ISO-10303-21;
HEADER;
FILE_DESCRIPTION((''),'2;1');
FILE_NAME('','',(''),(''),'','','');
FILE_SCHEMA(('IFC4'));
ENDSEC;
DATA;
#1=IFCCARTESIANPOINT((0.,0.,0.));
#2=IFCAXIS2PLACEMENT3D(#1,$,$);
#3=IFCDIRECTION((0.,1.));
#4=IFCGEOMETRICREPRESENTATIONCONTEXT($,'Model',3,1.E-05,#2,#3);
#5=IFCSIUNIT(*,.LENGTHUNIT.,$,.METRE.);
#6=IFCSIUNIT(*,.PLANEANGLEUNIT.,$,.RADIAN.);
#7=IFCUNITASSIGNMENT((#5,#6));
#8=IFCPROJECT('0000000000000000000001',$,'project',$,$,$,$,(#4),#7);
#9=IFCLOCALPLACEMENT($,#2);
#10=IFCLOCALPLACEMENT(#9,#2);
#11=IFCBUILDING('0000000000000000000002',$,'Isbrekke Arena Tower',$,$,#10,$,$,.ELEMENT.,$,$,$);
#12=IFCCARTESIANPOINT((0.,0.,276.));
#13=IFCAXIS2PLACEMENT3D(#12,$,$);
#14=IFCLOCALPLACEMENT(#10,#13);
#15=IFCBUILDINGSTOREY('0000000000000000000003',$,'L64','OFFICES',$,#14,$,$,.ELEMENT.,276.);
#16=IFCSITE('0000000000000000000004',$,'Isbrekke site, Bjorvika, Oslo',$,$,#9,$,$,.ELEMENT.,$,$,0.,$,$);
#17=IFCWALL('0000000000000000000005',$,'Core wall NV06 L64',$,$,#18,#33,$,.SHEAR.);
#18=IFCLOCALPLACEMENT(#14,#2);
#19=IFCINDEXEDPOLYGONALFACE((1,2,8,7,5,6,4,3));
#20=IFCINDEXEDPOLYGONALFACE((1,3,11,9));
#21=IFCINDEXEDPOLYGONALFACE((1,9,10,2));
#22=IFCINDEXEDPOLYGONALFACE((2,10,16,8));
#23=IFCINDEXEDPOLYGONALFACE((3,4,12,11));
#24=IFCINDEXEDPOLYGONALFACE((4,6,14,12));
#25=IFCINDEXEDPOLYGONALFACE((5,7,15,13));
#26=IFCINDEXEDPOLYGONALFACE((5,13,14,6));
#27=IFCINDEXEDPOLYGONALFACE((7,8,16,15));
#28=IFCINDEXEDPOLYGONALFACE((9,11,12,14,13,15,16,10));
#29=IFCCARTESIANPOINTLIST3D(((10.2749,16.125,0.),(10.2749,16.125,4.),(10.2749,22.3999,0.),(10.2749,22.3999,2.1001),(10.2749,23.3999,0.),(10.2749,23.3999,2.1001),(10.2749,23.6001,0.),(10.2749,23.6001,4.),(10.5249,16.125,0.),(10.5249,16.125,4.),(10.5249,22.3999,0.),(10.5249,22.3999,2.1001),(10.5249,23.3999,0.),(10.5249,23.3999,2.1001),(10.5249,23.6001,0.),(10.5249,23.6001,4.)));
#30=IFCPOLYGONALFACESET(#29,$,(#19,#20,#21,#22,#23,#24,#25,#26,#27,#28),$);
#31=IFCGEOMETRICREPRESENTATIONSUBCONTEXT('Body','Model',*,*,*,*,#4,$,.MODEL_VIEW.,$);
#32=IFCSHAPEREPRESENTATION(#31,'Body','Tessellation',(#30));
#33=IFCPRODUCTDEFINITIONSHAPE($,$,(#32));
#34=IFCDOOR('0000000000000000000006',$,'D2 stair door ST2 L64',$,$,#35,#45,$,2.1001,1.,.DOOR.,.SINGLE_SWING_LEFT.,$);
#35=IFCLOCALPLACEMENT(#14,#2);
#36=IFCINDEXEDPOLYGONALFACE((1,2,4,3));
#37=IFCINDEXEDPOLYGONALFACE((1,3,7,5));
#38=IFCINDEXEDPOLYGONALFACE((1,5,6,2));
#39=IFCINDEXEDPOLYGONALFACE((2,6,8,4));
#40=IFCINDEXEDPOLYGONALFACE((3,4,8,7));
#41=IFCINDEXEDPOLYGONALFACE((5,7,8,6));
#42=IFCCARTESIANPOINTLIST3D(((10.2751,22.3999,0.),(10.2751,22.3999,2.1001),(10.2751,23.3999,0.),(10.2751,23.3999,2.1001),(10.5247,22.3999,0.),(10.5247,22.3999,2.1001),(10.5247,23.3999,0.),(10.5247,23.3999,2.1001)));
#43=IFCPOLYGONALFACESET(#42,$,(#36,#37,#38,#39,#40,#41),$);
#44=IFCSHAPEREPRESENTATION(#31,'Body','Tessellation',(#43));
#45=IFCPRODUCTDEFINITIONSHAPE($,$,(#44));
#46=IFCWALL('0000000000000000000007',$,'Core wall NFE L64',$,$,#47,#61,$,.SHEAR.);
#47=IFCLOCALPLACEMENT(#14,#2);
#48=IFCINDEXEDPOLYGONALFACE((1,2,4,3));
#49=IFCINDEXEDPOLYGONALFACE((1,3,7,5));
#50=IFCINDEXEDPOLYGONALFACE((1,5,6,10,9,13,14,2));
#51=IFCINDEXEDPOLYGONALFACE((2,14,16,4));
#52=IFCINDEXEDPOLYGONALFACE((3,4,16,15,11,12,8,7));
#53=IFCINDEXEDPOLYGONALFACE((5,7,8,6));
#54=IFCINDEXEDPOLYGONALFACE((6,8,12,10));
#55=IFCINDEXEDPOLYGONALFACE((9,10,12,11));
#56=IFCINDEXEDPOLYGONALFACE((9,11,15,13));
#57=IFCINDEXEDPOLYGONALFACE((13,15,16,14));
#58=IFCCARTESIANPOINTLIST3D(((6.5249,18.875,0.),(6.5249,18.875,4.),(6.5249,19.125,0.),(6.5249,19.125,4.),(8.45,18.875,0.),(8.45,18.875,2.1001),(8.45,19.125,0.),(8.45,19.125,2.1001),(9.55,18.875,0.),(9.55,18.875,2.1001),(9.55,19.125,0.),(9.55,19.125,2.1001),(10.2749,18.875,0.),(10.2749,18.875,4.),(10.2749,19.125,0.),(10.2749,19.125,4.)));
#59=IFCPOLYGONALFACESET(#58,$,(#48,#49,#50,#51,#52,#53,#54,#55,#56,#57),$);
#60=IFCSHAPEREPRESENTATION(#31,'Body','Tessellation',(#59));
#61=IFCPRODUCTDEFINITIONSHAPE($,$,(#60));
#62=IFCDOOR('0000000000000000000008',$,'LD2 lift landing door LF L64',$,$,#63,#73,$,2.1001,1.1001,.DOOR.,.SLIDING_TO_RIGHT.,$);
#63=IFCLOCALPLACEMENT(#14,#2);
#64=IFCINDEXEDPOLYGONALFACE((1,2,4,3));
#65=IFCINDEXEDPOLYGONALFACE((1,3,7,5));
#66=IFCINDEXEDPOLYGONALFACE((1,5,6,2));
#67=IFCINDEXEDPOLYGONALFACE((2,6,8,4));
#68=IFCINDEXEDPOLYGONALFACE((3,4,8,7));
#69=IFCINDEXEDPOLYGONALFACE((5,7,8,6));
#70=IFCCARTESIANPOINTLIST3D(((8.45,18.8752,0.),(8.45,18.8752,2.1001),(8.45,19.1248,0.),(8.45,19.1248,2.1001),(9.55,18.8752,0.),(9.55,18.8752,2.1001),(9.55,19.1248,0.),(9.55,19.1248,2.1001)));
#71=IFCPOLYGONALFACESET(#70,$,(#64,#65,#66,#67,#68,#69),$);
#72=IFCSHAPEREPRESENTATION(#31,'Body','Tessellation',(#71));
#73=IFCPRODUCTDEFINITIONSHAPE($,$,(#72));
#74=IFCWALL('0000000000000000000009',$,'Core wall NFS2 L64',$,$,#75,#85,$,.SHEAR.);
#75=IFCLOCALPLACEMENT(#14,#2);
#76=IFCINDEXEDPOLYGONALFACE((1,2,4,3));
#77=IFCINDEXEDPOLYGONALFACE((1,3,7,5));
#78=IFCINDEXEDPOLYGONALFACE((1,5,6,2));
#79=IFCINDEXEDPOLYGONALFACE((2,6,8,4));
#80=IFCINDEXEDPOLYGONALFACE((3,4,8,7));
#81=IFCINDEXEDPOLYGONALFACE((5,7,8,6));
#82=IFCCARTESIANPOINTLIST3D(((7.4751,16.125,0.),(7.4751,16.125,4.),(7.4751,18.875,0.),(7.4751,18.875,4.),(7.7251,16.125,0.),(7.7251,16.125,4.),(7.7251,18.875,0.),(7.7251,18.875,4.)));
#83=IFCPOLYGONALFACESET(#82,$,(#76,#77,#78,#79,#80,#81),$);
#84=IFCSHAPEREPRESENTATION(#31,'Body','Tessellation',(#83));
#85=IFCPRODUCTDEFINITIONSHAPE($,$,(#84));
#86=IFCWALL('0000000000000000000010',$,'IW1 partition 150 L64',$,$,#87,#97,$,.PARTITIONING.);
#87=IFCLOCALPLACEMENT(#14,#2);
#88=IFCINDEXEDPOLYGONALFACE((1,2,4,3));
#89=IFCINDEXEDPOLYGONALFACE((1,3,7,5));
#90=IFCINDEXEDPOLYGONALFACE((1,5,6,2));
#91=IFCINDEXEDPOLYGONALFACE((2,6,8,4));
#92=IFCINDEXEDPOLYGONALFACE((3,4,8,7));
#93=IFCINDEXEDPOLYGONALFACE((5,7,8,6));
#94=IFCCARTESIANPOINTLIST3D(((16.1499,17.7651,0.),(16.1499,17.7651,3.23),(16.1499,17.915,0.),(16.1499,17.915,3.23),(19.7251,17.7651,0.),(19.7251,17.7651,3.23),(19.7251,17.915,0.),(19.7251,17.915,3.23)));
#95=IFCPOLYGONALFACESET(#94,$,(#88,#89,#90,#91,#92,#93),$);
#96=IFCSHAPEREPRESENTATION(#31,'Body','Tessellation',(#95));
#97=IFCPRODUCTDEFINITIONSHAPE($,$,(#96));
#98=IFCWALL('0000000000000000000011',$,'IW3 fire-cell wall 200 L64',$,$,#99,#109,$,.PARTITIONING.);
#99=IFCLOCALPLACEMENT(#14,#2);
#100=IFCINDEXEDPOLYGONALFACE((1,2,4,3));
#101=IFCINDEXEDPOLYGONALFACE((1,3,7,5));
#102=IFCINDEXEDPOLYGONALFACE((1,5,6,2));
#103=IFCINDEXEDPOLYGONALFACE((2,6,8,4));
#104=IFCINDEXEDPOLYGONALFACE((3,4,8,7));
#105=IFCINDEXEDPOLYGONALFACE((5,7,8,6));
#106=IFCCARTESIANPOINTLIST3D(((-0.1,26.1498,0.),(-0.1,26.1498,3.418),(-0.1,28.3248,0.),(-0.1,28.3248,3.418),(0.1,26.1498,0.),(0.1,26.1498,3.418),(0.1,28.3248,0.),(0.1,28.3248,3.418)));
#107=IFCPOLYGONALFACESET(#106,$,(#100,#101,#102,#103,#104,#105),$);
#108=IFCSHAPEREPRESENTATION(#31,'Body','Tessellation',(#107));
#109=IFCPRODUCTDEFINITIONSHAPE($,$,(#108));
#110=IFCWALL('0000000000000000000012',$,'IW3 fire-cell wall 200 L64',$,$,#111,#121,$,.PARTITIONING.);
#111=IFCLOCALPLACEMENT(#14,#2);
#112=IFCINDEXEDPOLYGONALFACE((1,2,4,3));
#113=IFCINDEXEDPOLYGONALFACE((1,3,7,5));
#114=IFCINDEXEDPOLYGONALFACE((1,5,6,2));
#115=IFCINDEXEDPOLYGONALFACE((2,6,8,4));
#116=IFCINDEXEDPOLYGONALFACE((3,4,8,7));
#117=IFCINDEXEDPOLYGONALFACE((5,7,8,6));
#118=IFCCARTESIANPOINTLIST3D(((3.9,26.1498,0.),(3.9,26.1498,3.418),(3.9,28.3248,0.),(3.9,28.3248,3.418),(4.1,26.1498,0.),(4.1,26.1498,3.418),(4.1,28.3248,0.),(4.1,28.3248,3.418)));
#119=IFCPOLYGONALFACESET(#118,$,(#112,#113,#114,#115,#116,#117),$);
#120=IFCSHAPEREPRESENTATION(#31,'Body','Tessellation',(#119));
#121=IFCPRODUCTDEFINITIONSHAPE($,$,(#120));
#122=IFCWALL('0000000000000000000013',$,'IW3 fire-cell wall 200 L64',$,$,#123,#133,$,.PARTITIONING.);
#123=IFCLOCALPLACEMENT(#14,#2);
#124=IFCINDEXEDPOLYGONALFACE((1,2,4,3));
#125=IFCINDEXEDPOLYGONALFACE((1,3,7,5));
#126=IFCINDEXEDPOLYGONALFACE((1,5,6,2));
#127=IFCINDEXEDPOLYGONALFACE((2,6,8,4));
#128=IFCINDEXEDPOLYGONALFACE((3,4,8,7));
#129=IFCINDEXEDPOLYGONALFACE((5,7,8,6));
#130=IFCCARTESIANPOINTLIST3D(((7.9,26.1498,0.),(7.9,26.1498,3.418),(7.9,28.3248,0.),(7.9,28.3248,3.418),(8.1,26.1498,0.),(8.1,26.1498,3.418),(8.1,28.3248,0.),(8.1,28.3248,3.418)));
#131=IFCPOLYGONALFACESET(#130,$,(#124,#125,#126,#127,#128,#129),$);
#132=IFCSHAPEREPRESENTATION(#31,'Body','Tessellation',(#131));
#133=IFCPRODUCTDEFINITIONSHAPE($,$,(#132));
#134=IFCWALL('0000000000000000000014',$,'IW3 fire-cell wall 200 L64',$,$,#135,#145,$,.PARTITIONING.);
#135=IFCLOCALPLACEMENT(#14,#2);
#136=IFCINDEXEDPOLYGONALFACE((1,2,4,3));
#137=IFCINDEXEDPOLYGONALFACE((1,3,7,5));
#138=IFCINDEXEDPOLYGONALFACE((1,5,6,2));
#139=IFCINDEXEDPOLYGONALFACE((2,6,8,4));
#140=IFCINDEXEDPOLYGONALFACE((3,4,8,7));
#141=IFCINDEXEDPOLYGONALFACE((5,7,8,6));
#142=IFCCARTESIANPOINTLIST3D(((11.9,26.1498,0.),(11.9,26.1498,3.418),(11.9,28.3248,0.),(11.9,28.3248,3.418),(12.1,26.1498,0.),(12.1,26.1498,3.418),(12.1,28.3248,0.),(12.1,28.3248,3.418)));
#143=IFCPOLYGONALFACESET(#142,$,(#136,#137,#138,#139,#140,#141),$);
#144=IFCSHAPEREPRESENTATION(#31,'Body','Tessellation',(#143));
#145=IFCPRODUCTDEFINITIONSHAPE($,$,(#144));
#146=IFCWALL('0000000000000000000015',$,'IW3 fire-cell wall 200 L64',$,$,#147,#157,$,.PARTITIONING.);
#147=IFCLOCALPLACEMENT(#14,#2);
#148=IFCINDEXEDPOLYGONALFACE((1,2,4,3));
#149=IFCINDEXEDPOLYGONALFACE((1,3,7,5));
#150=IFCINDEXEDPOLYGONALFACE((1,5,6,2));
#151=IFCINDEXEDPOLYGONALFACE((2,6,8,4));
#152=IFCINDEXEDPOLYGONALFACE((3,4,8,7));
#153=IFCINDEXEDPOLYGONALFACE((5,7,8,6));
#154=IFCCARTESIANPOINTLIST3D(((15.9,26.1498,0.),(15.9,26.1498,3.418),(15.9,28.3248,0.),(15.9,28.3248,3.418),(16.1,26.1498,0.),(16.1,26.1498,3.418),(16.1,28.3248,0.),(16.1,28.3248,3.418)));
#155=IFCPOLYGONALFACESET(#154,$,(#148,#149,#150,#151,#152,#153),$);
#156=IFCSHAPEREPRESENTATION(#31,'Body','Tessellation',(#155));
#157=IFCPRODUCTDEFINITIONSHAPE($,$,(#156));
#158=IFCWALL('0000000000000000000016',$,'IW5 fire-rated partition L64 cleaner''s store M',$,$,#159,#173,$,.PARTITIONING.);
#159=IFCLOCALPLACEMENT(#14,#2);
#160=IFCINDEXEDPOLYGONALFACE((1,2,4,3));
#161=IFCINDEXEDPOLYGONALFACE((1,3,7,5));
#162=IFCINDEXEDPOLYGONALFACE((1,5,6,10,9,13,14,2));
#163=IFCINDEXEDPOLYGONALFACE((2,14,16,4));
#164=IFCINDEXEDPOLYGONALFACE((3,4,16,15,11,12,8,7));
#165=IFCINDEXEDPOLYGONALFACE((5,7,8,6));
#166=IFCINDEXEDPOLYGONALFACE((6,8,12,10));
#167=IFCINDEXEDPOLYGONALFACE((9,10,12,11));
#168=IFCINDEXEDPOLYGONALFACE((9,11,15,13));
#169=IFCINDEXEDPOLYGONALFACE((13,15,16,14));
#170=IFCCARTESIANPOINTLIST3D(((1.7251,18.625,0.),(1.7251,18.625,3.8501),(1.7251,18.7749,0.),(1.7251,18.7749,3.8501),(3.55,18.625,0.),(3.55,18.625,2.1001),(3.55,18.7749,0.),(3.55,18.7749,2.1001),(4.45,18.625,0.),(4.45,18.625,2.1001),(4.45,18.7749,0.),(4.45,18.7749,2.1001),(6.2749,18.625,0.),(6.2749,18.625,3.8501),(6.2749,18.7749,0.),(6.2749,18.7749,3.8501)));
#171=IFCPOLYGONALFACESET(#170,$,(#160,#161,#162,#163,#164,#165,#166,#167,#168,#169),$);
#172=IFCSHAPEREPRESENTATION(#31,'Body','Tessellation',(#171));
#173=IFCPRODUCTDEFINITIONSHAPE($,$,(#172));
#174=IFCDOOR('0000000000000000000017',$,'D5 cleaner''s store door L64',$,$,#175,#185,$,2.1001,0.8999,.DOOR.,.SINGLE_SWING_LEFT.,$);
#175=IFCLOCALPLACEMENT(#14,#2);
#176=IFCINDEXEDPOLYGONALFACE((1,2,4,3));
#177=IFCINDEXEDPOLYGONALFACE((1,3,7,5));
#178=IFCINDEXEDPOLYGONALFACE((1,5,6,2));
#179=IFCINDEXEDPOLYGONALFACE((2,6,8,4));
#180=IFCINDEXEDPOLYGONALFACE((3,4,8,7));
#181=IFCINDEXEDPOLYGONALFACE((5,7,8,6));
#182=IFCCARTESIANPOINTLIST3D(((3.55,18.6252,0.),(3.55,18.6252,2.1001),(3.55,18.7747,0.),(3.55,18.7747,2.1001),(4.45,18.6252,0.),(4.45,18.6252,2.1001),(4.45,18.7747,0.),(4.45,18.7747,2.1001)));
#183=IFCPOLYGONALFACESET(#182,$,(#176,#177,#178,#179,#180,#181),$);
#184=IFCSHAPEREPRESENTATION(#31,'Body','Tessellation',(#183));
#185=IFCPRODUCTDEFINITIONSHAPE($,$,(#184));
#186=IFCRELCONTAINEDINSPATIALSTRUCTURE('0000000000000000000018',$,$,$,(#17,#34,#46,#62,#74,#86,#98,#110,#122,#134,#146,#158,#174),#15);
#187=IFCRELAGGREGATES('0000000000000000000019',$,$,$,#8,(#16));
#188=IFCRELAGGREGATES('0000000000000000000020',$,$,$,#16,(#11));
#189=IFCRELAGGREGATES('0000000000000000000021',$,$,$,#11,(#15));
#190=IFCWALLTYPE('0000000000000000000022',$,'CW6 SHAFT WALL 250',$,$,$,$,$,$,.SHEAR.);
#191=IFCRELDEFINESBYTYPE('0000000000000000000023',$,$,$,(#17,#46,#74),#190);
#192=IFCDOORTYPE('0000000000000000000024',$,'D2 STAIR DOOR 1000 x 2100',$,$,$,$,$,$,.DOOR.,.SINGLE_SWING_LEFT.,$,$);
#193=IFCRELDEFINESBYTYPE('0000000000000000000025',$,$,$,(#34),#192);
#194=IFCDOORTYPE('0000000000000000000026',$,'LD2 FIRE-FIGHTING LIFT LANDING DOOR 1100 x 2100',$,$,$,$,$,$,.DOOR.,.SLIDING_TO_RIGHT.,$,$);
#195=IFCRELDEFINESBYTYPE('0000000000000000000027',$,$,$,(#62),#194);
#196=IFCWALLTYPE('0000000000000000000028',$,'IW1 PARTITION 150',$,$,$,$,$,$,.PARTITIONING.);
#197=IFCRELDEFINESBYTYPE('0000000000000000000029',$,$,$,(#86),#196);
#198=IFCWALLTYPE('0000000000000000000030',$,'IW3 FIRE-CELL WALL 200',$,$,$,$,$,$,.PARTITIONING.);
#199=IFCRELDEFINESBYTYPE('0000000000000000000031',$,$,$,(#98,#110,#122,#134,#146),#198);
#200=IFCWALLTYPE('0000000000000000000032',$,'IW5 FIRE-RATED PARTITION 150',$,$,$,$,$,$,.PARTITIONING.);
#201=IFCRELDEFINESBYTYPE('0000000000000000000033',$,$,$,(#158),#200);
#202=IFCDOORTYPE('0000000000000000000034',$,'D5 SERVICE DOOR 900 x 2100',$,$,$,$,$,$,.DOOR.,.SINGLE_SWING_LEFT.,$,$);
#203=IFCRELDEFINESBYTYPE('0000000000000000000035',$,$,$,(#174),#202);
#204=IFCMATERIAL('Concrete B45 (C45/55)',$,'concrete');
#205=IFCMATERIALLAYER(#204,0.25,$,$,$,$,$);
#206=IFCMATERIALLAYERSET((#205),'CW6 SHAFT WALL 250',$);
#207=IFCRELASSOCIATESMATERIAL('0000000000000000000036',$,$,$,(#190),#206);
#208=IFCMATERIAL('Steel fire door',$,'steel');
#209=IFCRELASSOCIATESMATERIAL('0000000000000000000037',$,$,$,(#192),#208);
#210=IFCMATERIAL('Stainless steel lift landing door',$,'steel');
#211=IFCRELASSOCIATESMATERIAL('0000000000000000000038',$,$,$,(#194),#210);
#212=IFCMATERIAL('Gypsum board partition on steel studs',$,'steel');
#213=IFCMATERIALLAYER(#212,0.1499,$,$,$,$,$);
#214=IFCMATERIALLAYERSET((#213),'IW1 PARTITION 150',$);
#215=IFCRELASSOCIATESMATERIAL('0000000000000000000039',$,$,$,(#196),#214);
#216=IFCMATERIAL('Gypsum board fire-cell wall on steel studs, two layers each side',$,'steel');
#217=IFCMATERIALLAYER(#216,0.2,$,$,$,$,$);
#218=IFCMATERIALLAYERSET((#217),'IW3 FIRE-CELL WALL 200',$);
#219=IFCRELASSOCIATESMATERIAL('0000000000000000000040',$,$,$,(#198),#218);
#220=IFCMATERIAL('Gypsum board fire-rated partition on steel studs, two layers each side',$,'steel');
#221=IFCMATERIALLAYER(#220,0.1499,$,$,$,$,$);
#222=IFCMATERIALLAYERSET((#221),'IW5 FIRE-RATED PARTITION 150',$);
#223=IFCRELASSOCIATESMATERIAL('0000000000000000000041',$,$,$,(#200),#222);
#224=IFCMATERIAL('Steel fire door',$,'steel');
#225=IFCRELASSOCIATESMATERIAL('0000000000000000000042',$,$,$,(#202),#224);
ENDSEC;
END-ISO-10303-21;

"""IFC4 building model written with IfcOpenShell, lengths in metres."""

from ifc_helpers import new_model, si_unit, direction, frame, frame_2d, origin, place, context, subcontext, project, spatial, rectangle, extrude, material, layer, layer_set, type_object, element, fill, save


model = new_model("IFC4")

# Units and contexts
model_context = context("Model", 3, precision=1e-05, world=origin(), true_north=direction((0.0, 1.0)))
body_context = subcontext(model_context, "Body", "Model", "MODEL_VIEW")
ifc_project = project(units=[si_unit("LENGTHUNIT", "METRE"), si_unit("PLANEANGLEUNIT", "RADIAN")], contexts=[model_context])

# Site, building, storey
site_placement = place(None, origin())
site = spatial("IfcSite", under=ifc_project, at=site_placement, Name="Isbrekke site, Bjorvika, Oslo", CompositionType="ELEMENT", RefElevation=0.0)
building_placement = place(site_placement, origin())
building = spatial("IfcBuilding", under=site, at=building_placement, Name="Isbrekke Arena Tower", CompositionType="ELEMENT")
storey_placement = place(building_placement, frame((0.0, 0.0, 276.0)))
storey = spatial("IfcBuildingStorey", under=building, at=storey_placement, Name="L64", Description="OFFICES", CompositionType="ELEMENT", Elevation=276.0)

# Shared definitions
ifc_material_1 = material(Name="Concrete B45 (C45/55)", Category="concrete")
ifc_layer_1 = layer(ifc_material_1, 0.25)
ifc_layer_set_1 = layer_set([ifc_layer_1], Name="CW6 SHAFT WALL 250")
wall_type_1 = type_object("IfcWallType", Name="CW6 SHAFT WALL 250", PredefinedType="SHEAR", material=ifc_layer_set_1)

# Walls, openings, doors
wall_1_placement = place(storey_placement, frame((10.3999, 16.125, 0.0), z_axis=(0.0, 0.0, 1.0), x_axis=(0.0, 1.0, 0.0)))
wall_1 = element("IfcWall", 1, at=wall_1_placement, inside=storey, type_object=wall_type_1, Name="Core wall NV06 L64", PredefinedType="SHEAR", context=body_context, shape_type="SweptSolid", body=[
    extrude(rectangle(XDim=7.4751, YDim=0.25, at=frame_2d((3.7375, 0.0))), origin(), (0.0, 0.0, 1.0), 4.0),
])
opening_1_placement = place(wall_1_placement, frame((6.2749, 0.0, 0.0)))
opening_1 = element("IfcOpeningElement", 2, at=opening_1_placement, cuts=wall_1, PredefinedType="OPENING", context=body_context, shape_type="SweptSolid", body=[
    extrude(rectangle(XDim=1.0, YDim=2.1001, at=frame_2d((0.5, 1.05))), frame((0.0, 0.1399, 0.0), z_axis=(0.0, -1.0, 0.0), x_axis=(1.0, 0.0, 0.0)), (0.0, 0.0, 1.0), 0.2798),
])
ifc_material_2 = material(Name="Steel fire door", Category="steel")
door_type_1 = type_object("IfcDoorType", Name="D2 STAIR DOOR 1000 x 2100", OperationType="SINGLE_SWING_LEFT", PredefinedType="DOOR", material=ifc_material_2)
door_1_placement = place(opening_1_placement, origin())
door_1 = element("IfcDoor", 3, at=door_1_placement, inside=storey, type_object=door_type_1, Name="D2 stair door ST2 L64", OperationType="SINGLE_SWING_LEFT", OverallHeight=2.1001, OverallWidth=1.0, PredefinedType="DOOR", context=body_context, shape_type="SweptSolid", body=[
    extrude(rectangle(XDim=1.0, YDim=2.1001, at=frame_2d((0.5, 1.05))), frame((0.0, 0.1248, 0.0), z_axis=(0.0, -1.0, 0.0), x_axis=(1.0, 0.0, 0.0)), (0.0, 0.0, 1.0), 0.2495),
])
fill(opening_1, door_1)
wall_2_placement = place(storey_placement, frame((6.5249, 19.0, 0.0), z_axis=(0.0, 0.0, 1.0), x_axis=(1.0, 0.0, 0.0)))
wall_2 = element("IfcWall", 4, at=wall_2_placement, inside=storey, type_object=wall_type_1, Name="Core wall NFE L64", PredefinedType="SHEAR", context=body_context, shape_type="SweptSolid", body=[
    extrude(rectangle(XDim=3.75, YDim=0.25, at=frame_2d((1.875, 0.0))), origin(), (0.0, 0.0, 1.0), 4.0),
])
opening_2_placement = place(wall_2_placement, frame((1.925, 0.0, 0.0)))
opening_2 = element("IfcOpeningElement", 5, at=opening_2_placement, cuts=wall_2, PredefinedType="OPENING", context=body_context, shape_type="SweptSolid", body=[
    extrude(rectangle(XDim=1.1001, YDim=2.1001, at=frame_2d((0.55, 1.05))), frame((0.0, 0.1399, 0.0), z_axis=(0.0, -1.0, 0.0), x_axis=(1.0, 0.0, 0.0)), (0.0, 0.0, 1.0), 0.2798),
])
ifc_material_3 = material(Name="Stainless steel lift landing door", Category="steel")
door_type_2 = type_object("IfcDoorType", Name="LD2 FIRE-FIGHTING LIFT LANDING DOOR 1100 x 2100", OperationType="SLIDING_TO_RIGHT", PredefinedType="DOOR", material=ifc_material_3)
door_2_placement = place(opening_2_placement, origin())
door_2 = element("IfcDoor", 6, at=door_2_placement, inside=storey, type_object=door_type_2, Name="LD2 lift landing door LF L64", OperationType="SLIDING_TO_RIGHT", OverallHeight=2.1001, OverallWidth=1.1001, PredefinedType="DOOR", context=body_context, shape_type="SweptSolid", body=[
    extrude(rectangle(XDim=1.1001, YDim=2.1001, at=frame_2d((0.55, 1.05))), frame((0.0, 0.1248, 0.0), z_axis=(0.0, -1.0, 0.0), x_axis=(1.0, 0.0, 0.0)), (0.0, 0.0, 1.0), 0.2495),
])
fill(opening_2, door_2)

# Walls
wall_3_placement = place(storey_placement, frame((7.6001, 16.125, 0.0), z_axis=(0.0, 0.0, 1.0), x_axis=(0.0, 1.0, 0.0)))
element("IfcWall", 7, at=wall_3_placement, inside=storey, type_object=wall_type_1, Name="Core wall NFS2 L64", PredefinedType="SHEAR", context=body_context, shape_type="SweptSolid", body=[
    extrude(rectangle(XDim=2.75, YDim=0.25, at=frame_2d((1.375, 0.0))), origin(), (0.0, 0.0, 1.0), 4.0),
])
ifc_material_4 = material(Name="Gypsum board partition on steel studs", Category="steel")
ifc_layer_2 = layer(ifc_material_4, 0.1499)
ifc_layer_set_2 = layer_set([ifc_layer_2], Name="IW1 PARTITION 150")
wall_type_2 = type_object("IfcWallType", Name="IW1 PARTITION 150", PredefinedType="PARTITIONING", material=ifc_layer_set_2)
wall_4_placement = place(storey_placement, frame((16.1499, 17.8401, 0.0), z_axis=(0.0, 0.0, 1.0), x_axis=(1.0, 0.0, 0.0)))
element("IfcWall", 8, at=wall_4_placement, inside=storey, type_object=wall_type_2, Name="IW1 partition 150 L64", PredefinedType="PARTITIONING", context=body_context, shape_type="SweptSolid", body=[
    extrude(rectangle(XDim=3.5752, YDim=0.1499, at=frame_2d((1.7876, 0.0))), origin(), (0.0, 0.0, 1.0), 3.23),
])
ifc_material_5 = material(Name="Gypsum board fire-cell wall on steel studs, two layers each side", Category="steel")
ifc_layer_3 = layer(ifc_material_5, 0.2)
ifc_layer_set_3 = layer_set([ifc_layer_3], Name="IW3 FIRE-CELL WALL 200")
wall_type_3 = type_object("IfcWallType", Name="IW3 FIRE-CELL WALL 200", PredefinedType="PARTITIONING", material=ifc_layer_set_3)
for number, where, z_axis, x_axis, name in (
    (9, (0.0, 26.1499, 0.0), (0.0, 0.0, 1.0), (0.0, 1.0, 0.0), "IW3 fire-cell wall 200 L64"),
    (10, (4.0, 26.1499, 0.0), (0.0, 0.0, 1.0), (0.0, 1.0, 0.0), "IW3 fire-cell wall 200 L64"),
    (11, (8.0, 26.1499, 0.0), (0.0, 0.0, 1.0), (0.0, 1.0, 0.0), "IW3 fire-cell wall 200 L64"),
    (12, (12.0, 26.1499, 0.0), (0.0, 0.0, 1.0), (0.0, 1.0, 0.0), "IW3 fire-cell wall 200 L64"),
    (13, (16.0, 26.1499, 0.0), (0.0, 0.0, 1.0), (0.0, 1.0, 0.0), "IW3 fire-cell wall 200 L64"),
):
    element("IfcWall", number, at=place(storey_placement, frame(where, z_axis=z_axis, x_axis=x_axis)), inside=storey, type_object=wall_type_3, Name=name, PredefinedType="PARTITIONING", context=body_context, shape_type="SweptSolid", body=[
        extrude(rectangle(XDim=2.175, YDim=0.2, at=frame_2d((1.0874, 0.0))), origin(), (0.0, 0.0, 1.0), 3.418),
    ])

# Wall, opening, door
ifc_material_6 = material(Name="Gypsum board fire-rated partition on steel studs, two layers each side", Category="steel")
ifc_layer_4 = layer(ifc_material_6, 0.1499)
ifc_layer_set_4 = layer_set([ifc_layer_4], Name="IW5 FIRE-RATED PARTITION 150")
wall_type_4 = type_object("IfcWallType", Name="IW5 FIRE-RATED PARTITION 150", PredefinedType="PARTITIONING", material=ifc_layer_set_4)
wall_5_placement = place(storey_placement, frame((1.7251, 18.7, 0.0), z_axis=(0.0, 0.0, 1.0), x_axis=(1.0, 0.0, 0.0)))
wall_5 = element("IfcWall", 14, at=wall_5_placement, inside=storey, type_object=wall_type_4, Name="IW5 fire-rated partition L64 cleaner's store M", PredefinedType="PARTITIONING", context=body_context, shape_type="SweptSolid", body=[
    extrude(rectangle(XDim=4.5498, YDim=0.1499, at=frame_2d((2.2749, 0.0))), origin(), (0.0, 0.0, 1.0), 3.8501),
])
opening_3_placement = place(wall_5_placement, frame((1.825, 0.0, 0.0)))
opening_3 = element("IfcOpeningElement", 15, at=opening_3_placement, cuts=wall_5, PredefinedType="OPENING", context=body_context, shape_type="SweptSolid", body=[
    extrude(rectangle(XDim=0.8999, YDim=2.1001, at=frame_2d((0.45, 1.05))), frame((0.0, 0.0898, 0.0), z_axis=(0.0, -1.0, 0.0), x_axis=(1.0, 0.0, 0.0)), (0.0, 0.0, 1.0), 0.1797),
])
ifc_material_7 = material(Name="Steel fire door", Category="steel")
door_type_3 = type_object("IfcDoorType", Name="D5 SERVICE DOOR 900 x 2100", OperationType="SINGLE_SWING_LEFT", PredefinedType="DOOR", material=ifc_material_7)
door_3_placement = place(opening_3_placement, origin())
door_3 = element("IfcDoor", 16, at=door_3_placement, inside=storey, type_object=door_type_3, Name="D5 cleaner's store door L64", OperationType="SINGLE_SWING_LEFT", OverallHeight=2.1001, OverallWidth=0.8999, PredefinedType="DOOR", context=body_context, shape_type="SweptSolid", body=[
    extrude(rectangle(XDim=0.8999, YDim=2.1001, at=frame_2d((0.45, 1.05))), frame((0.0, 0.0747, 0.0), z_axis=(0.0, -1.0, 0.0), x_axis=(1.0, 0.0, 0.0)), (0.0, 0.0, 1.0), 0.1494),
])
fill(opening_3, door_3)

save(model, "model.ifc")
